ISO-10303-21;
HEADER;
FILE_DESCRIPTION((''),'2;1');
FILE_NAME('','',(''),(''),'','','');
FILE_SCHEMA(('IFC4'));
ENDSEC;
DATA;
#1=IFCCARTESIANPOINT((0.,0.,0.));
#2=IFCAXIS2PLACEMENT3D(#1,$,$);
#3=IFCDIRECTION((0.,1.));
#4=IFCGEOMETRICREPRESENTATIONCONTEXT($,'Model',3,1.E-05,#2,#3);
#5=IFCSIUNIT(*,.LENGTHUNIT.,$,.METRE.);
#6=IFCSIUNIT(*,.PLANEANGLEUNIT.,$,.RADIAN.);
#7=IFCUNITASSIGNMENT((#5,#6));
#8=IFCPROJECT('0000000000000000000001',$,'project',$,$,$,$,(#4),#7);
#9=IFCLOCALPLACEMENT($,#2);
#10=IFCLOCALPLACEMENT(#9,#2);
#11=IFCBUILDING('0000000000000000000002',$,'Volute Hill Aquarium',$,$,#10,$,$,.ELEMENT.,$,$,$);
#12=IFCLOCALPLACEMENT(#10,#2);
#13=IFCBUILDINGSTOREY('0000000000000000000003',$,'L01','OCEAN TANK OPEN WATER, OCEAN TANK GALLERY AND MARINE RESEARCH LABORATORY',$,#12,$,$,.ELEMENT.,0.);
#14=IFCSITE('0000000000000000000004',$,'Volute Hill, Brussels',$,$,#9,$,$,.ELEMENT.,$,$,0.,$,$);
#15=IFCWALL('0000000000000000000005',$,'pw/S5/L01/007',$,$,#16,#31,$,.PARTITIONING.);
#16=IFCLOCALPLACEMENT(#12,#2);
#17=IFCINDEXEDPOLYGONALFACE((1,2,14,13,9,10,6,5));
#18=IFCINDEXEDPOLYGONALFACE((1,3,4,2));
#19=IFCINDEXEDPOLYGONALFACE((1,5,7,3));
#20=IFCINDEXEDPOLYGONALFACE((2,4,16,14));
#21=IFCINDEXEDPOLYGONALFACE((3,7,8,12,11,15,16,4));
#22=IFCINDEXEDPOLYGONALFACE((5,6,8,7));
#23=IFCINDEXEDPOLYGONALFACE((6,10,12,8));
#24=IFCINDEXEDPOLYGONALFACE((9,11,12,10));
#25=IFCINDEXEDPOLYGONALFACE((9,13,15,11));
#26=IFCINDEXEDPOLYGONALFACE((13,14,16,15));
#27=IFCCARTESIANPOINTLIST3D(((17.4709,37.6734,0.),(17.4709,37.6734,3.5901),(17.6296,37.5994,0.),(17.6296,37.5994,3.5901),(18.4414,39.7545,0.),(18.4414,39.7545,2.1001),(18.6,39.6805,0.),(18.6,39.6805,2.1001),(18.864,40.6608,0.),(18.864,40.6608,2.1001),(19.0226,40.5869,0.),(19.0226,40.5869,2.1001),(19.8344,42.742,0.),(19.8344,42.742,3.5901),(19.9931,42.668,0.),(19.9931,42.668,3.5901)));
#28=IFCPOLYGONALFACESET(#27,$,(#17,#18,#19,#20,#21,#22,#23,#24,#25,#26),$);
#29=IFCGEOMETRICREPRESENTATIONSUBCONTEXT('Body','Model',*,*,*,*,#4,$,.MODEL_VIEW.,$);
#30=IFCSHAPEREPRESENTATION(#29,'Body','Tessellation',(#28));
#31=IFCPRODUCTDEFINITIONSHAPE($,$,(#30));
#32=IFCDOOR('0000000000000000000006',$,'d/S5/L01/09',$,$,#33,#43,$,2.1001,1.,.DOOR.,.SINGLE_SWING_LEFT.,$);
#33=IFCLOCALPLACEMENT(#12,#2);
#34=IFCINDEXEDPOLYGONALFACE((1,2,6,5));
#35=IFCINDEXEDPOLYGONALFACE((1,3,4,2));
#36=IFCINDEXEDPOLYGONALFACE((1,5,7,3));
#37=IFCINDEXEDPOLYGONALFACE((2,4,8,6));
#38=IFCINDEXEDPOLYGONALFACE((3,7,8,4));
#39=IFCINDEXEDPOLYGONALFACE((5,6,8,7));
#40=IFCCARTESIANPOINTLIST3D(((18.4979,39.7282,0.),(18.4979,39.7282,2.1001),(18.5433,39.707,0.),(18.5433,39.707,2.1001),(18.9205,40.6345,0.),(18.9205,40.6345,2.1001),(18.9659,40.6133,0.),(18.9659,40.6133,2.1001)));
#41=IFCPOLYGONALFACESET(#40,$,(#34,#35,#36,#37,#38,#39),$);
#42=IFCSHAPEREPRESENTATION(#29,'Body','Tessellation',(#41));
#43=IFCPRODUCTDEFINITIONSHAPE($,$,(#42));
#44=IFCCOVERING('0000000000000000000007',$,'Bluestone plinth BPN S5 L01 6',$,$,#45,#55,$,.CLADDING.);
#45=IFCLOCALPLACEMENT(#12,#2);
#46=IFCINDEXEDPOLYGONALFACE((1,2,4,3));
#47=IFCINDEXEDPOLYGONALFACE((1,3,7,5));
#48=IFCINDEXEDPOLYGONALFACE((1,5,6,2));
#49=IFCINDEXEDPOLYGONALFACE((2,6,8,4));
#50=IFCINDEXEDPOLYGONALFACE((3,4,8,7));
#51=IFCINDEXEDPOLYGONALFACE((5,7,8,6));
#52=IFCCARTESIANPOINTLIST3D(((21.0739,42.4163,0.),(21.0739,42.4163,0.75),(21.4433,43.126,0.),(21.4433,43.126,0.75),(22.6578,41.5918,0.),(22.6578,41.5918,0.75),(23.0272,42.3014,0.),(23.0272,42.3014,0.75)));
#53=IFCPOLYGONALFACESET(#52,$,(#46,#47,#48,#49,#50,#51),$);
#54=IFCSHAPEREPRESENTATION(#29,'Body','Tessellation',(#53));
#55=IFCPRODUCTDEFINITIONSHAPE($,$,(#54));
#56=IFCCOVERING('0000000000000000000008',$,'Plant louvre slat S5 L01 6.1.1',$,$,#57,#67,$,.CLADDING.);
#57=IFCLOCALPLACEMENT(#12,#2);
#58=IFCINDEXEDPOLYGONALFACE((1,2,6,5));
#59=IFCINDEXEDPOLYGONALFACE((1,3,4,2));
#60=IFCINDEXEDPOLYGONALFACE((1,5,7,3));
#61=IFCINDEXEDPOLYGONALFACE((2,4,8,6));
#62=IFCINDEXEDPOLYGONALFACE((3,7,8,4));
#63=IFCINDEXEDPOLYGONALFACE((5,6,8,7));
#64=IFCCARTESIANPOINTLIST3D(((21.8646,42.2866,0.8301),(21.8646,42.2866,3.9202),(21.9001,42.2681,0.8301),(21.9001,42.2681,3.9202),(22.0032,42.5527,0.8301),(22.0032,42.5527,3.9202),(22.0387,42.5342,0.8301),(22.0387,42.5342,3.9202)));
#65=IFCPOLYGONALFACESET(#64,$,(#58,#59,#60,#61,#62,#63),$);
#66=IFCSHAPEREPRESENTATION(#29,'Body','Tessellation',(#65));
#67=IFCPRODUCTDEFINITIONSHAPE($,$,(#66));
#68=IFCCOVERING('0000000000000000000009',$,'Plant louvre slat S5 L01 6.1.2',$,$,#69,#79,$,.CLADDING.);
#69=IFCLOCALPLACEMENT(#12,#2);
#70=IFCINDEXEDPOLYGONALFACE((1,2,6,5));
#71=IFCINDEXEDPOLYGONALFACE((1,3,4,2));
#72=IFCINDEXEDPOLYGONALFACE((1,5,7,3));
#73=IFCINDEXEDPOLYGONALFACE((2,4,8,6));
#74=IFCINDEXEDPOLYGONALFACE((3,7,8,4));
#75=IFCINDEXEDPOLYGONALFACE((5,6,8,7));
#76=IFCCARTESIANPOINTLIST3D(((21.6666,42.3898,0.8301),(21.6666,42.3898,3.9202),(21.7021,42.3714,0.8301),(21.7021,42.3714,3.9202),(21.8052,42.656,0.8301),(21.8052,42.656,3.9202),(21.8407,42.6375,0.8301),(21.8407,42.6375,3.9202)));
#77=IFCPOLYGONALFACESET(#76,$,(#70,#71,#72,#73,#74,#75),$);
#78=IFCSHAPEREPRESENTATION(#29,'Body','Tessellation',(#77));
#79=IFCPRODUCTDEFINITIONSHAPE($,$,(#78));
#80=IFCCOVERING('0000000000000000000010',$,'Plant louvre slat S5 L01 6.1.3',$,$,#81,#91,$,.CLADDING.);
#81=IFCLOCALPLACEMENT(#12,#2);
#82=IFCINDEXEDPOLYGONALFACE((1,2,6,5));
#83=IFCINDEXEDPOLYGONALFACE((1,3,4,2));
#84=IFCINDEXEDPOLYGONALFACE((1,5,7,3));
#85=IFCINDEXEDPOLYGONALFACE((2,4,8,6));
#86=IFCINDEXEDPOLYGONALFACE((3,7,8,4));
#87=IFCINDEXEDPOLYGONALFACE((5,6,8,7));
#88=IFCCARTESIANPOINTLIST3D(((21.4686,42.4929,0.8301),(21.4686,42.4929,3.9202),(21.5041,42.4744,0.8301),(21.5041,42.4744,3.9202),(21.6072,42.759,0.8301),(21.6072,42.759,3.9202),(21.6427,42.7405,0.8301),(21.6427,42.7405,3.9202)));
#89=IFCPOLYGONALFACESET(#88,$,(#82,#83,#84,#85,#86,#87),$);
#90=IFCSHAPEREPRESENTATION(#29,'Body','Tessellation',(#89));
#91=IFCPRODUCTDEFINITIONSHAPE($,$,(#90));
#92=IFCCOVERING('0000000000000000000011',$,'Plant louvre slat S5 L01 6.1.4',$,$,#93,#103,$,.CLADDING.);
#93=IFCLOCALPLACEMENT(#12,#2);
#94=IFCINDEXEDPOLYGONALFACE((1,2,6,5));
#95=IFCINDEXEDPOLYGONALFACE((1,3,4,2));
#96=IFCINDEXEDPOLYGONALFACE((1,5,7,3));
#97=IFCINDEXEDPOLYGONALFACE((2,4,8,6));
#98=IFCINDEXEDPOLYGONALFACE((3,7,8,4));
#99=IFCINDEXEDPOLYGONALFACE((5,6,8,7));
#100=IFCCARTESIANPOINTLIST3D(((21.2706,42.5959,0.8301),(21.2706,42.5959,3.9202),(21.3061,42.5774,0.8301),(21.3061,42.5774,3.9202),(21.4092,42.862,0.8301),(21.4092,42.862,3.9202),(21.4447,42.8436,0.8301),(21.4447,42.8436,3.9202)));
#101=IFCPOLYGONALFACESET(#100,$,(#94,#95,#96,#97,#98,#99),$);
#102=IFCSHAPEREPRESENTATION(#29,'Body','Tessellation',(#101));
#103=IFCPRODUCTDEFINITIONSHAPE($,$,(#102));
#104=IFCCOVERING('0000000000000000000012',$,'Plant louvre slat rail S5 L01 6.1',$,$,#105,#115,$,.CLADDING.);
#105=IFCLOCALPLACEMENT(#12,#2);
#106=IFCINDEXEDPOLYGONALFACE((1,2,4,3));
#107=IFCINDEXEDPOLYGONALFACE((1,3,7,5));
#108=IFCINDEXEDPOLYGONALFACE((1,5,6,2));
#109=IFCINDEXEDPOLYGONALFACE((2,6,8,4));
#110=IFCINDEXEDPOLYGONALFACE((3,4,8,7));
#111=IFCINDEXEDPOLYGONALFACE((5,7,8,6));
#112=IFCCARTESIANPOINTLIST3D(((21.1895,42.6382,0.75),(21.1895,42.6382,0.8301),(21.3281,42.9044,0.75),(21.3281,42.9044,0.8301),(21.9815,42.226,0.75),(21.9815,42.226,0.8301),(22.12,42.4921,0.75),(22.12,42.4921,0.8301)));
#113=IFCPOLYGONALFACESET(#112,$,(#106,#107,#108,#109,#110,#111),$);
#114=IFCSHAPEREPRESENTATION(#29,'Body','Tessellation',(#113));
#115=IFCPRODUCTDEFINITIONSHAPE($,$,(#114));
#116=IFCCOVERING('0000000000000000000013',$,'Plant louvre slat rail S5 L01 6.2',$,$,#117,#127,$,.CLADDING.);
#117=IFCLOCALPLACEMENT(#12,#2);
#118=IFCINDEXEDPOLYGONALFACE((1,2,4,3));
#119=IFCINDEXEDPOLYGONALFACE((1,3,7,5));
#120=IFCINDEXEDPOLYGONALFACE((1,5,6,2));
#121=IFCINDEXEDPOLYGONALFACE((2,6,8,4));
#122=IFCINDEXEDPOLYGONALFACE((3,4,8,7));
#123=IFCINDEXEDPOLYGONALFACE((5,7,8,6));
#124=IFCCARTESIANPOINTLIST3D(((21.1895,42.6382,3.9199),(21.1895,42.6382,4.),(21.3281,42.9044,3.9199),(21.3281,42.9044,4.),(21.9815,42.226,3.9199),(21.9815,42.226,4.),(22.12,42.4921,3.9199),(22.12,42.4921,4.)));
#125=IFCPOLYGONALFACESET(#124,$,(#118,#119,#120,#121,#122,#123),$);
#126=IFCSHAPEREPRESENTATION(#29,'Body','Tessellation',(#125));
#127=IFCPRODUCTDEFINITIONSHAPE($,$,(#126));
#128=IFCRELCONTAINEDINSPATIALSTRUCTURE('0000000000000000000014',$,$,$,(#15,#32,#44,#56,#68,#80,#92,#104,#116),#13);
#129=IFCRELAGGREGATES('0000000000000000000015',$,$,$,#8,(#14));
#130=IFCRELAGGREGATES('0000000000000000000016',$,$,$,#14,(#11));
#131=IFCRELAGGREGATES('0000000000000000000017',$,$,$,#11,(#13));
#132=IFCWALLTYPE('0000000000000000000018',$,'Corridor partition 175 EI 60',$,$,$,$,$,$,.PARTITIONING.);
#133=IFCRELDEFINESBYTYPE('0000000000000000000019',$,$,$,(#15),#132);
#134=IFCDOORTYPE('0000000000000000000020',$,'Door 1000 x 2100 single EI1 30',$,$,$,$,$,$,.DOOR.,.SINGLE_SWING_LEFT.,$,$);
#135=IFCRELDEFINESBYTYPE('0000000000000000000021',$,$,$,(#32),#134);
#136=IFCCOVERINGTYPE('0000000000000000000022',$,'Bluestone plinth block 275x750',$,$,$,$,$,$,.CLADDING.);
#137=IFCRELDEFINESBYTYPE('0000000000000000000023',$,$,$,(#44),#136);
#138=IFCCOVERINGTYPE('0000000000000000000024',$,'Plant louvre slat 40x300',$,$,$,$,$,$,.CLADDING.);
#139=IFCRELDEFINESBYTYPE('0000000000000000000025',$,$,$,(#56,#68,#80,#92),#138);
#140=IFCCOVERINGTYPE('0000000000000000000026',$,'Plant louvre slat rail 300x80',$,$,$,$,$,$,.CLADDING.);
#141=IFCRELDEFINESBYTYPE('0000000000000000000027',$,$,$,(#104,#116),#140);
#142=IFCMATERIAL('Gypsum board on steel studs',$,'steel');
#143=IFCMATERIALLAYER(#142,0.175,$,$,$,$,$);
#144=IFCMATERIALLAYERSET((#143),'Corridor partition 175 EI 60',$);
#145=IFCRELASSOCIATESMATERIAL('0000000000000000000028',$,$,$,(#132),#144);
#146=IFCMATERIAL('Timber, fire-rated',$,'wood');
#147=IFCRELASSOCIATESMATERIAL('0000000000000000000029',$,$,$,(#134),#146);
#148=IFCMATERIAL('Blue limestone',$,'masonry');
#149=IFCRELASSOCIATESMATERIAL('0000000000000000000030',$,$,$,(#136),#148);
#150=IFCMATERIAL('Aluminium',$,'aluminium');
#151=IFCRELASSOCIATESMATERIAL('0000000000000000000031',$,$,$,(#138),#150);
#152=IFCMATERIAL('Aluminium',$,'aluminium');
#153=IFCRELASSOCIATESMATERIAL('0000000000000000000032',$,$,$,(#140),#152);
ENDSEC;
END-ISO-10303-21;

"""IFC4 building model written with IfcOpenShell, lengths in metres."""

from ifc_helpers import new_model, si_unit, direction, frame, frame_2d, origin, origin_2d, place, context, subcontext, project, spatial, rectangle, extrude, material, layer, layer_set, type_object, element, fill, save


model = new_model("IFC4")

# Units and contexts
model_context = context("Model", 3, precision=1e-05, world=origin(), true_north=direction((0.0, 1.0)))
body_context = subcontext(model_context, "Body", "Model", "MODEL_VIEW")
ifc_project = project(units=[si_unit("LENGTHUNIT", "METRE"), si_unit("PLANEANGLEUNIT", "RADIAN")], contexts=[model_context])

# Site, building, storey
site_placement = place(None, origin())
site = spatial("IfcSite", under=ifc_project, at=site_placement, Name="Volute Hill, Brussels", CompositionType="ELEMENT", RefElevation=0.0)
building_placement = place(site_placement, origin())
building = spatial("IfcBuilding", under=site, at=building_placement, Name="Volute Hill Aquarium", CompositionType="ELEMENT")
storey_placement = place(building_placement, origin())
storey = spatial("IfcBuildingStorey", under=building, at=storey_placement, Name="L01", Description="OCEAN TANK OPEN WATER, OCEAN TANK GALLERY AND MARINE RESEARCH LABORATORY", CompositionType="ELEMENT", Elevation=0.0)

# Wall, opening, door
ifc_material_1 = material(Name="Gypsum board on steel studs", Category="steel")
ifc_layer_1 = layer(ifc_material_1, 0.175)
ifc_layer_set_1 = layer_set([ifc_layer_1], Name="Corridor partition 175 EI 60")
wall_type = type_object("IfcWallType", Name="Corridor partition 175 EI 60", PredefinedType="PARTITIONING", material=ifc_layer_set_1)
wall_placement = place(storey_placement, frame((19.9138, 42.7051, 0.0), z_axis=(0.0, 0.0, 1.0), x_axis=(-0.422618, -0.906308, 0.0)))
wall = element("IfcWall", 1, at=wall_placement, inside=storey, type_object=wall_type, Name="pw/S5/L01/007", PredefinedType="PARTITIONING", context=body_context, shape_type="SweptSolid", body=[
    extrude(rectangle(XDim=5.5925, YDim=0.175, at=frame_2d((2.7964, 0.0))), origin(), (0.0, 0.0, 1.0), 3.5901),
])
opening_placement = place(wall_placement, frame((2.2964, 0.0, 0.0)))
opening = element("IfcOpeningElement", 2, at=opening_placement, cuts=wall, PredefinedType="OPENING", context=body_context, shape_type="SweptSolid", body=[
    extrude(rectangle(XDim=1.0, YDim=2.1001, at=frame_2d((0.5, 1.05))), frame((0.0, 0.0974, 0.0), z_axis=(0.0, -1.0, 0.0), x_axis=(1.0, 0.0, 0.0)), (0.0, 0.0, 1.0), 0.1951),
])
ifc_material_2 = material(Name="Timber, fire-rated", Category="wood")
door_type = type_object("IfcDoorType", Name="Door 1000 x 2100 single EI1 30", OperationType="SINGLE_SWING_LEFT", PredefinedType="DOOR", material=ifc_material_2)
door_placement = place(opening_placement, origin())
door = element("IfcDoor", 3, at=door_placement, inside=storey, type_object=door_type, Name="d/S5/L01/09", OperationType="SINGLE_SWING_LEFT", OverallHeight=2.1001, OverallWidth=1.0, PredefinedType="DOOR", context=body_context, shape_type="SweptSolid", body=[
    extrude(rectangle(XDim=1.0, YDim=2.1001, at=frame_2d((0.5, 1.05))), frame((0.0, 0.0249, 0.0), z_axis=(0.0, -1.0, 0.0), x_axis=(1.0, 0.0, 0.0)), (0.0, 0.0, 1.0), 0.05),
])
fill(opening, door)

# Coverings
ifc_material_3 = material(Name="Blue limestone", Category="masonry")
covering_type_1 = type_object("IfcCoveringType", Name="Bluestone plinth block 275x750", PredefinedType="CLADDING", material=ifc_material_3)
covering_placement = place(storey_placement, frame((22.0505, 42.3589, 0.0), z_axis=(0.0, 0.0, 1.0), x_axis=(-0.887007, 0.461757, 0.0)))
element("IfcCovering", 4, at=covering_placement, inside=storey, type_object=covering_type_1, Name="Bluestone plinth BPN S5 L01 6", PredefinedType="CLADDING", context=body_context, shape_type="SweptSolid", body=[
    extrude(rectangle(XDim=1.7856, YDim=0.8, at=origin_2d()), origin(), (0.0, 0.0, 1.0), 0.75),
])
ifc_material_4 = material(Name="Aluminium", Category="aluminium")
covering_type_2 = type_object("IfcCoveringType", Name="Plant louvre slat 40x300", PredefinedType="CLADDING", material=ifc_material_4)
for number, where, z_axis, x_axis, name in (
    (5, (21.9517, 42.4104, 0.8301), (0.0, 0.0, 1.0), (-0.887007, 0.461757, 0.0), "Plant louvre slat S5 L01 6.1.1"),
    (6, (21.7537, 42.5137, 0.8301), (0.0, 0.0, 1.0), (-0.887007, 0.461757, 0.0), "Plant louvre slat S5 L01 6.1.2"),
    (7, (21.5557, 42.6167, 0.8301), (0.0, 0.0, 1.0), (-0.887007, 0.461757, 0.0), "Plant louvre slat S5 L01 6.1.3"),
    (8, (21.3577, 42.7197, 0.8301), (0.0, 0.0, 1.0), (-0.887007, 0.461757, 0.0), "Plant louvre slat S5 L01 6.1.4"),
):
    element("IfcCovering", number, at=place(storey_placement, frame(where, z_axis=z_axis, x_axis=x_axis)), inside=storey, type_object=covering_type_2, Name=name, PredefinedType="CLADDING", context=body_context, shape_type="SweptSolid", body=[
        extrude(rectangle(XDim=0.04, YDim=0.3, at=origin_2d()), origin(), (0.0, 0.0, 1.0), 3.0901),
    ])
ifc_material_5 = material(Name="Aluminium", Category="aluminium")
covering_type_3 = type_object("IfcCoveringType", Name="Plant louvre slat rail 300x80", PredefinedType="CLADDING", material=ifc_material_5)
for number, where, z_axis, x_axis, name in (
    (9, (21.6548, 42.5652, 0.75), (0.0, 0.0, 1.0), (-0.887007, 0.461757, 0.0), "Plant louvre slat rail S5 L01 6.1"),
    (10, (21.6548, 42.5652, 3.9199), (0.0, 0.0, 1.0), (-0.887007, 0.461757, 0.0), "Plant louvre slat rail S5 L01 6.2"),
):
    element("IfcCovering", number, at=place(storey_placement, frame(where, z_axis=z_axis, x_axis=x_axis)), inside=storey, type_object=covering_type_3, Name=name, PredefinedType="CLADDING", context=body_context, shape_type="SweptSolid", body=[
        extrude(rectangle(XDim=0.8928, YDim=0.3, at=origin_2d()), origin(), (0.0, 0.0, 1.0), 0.0801),
    ])

save(model, "model.ifc")
